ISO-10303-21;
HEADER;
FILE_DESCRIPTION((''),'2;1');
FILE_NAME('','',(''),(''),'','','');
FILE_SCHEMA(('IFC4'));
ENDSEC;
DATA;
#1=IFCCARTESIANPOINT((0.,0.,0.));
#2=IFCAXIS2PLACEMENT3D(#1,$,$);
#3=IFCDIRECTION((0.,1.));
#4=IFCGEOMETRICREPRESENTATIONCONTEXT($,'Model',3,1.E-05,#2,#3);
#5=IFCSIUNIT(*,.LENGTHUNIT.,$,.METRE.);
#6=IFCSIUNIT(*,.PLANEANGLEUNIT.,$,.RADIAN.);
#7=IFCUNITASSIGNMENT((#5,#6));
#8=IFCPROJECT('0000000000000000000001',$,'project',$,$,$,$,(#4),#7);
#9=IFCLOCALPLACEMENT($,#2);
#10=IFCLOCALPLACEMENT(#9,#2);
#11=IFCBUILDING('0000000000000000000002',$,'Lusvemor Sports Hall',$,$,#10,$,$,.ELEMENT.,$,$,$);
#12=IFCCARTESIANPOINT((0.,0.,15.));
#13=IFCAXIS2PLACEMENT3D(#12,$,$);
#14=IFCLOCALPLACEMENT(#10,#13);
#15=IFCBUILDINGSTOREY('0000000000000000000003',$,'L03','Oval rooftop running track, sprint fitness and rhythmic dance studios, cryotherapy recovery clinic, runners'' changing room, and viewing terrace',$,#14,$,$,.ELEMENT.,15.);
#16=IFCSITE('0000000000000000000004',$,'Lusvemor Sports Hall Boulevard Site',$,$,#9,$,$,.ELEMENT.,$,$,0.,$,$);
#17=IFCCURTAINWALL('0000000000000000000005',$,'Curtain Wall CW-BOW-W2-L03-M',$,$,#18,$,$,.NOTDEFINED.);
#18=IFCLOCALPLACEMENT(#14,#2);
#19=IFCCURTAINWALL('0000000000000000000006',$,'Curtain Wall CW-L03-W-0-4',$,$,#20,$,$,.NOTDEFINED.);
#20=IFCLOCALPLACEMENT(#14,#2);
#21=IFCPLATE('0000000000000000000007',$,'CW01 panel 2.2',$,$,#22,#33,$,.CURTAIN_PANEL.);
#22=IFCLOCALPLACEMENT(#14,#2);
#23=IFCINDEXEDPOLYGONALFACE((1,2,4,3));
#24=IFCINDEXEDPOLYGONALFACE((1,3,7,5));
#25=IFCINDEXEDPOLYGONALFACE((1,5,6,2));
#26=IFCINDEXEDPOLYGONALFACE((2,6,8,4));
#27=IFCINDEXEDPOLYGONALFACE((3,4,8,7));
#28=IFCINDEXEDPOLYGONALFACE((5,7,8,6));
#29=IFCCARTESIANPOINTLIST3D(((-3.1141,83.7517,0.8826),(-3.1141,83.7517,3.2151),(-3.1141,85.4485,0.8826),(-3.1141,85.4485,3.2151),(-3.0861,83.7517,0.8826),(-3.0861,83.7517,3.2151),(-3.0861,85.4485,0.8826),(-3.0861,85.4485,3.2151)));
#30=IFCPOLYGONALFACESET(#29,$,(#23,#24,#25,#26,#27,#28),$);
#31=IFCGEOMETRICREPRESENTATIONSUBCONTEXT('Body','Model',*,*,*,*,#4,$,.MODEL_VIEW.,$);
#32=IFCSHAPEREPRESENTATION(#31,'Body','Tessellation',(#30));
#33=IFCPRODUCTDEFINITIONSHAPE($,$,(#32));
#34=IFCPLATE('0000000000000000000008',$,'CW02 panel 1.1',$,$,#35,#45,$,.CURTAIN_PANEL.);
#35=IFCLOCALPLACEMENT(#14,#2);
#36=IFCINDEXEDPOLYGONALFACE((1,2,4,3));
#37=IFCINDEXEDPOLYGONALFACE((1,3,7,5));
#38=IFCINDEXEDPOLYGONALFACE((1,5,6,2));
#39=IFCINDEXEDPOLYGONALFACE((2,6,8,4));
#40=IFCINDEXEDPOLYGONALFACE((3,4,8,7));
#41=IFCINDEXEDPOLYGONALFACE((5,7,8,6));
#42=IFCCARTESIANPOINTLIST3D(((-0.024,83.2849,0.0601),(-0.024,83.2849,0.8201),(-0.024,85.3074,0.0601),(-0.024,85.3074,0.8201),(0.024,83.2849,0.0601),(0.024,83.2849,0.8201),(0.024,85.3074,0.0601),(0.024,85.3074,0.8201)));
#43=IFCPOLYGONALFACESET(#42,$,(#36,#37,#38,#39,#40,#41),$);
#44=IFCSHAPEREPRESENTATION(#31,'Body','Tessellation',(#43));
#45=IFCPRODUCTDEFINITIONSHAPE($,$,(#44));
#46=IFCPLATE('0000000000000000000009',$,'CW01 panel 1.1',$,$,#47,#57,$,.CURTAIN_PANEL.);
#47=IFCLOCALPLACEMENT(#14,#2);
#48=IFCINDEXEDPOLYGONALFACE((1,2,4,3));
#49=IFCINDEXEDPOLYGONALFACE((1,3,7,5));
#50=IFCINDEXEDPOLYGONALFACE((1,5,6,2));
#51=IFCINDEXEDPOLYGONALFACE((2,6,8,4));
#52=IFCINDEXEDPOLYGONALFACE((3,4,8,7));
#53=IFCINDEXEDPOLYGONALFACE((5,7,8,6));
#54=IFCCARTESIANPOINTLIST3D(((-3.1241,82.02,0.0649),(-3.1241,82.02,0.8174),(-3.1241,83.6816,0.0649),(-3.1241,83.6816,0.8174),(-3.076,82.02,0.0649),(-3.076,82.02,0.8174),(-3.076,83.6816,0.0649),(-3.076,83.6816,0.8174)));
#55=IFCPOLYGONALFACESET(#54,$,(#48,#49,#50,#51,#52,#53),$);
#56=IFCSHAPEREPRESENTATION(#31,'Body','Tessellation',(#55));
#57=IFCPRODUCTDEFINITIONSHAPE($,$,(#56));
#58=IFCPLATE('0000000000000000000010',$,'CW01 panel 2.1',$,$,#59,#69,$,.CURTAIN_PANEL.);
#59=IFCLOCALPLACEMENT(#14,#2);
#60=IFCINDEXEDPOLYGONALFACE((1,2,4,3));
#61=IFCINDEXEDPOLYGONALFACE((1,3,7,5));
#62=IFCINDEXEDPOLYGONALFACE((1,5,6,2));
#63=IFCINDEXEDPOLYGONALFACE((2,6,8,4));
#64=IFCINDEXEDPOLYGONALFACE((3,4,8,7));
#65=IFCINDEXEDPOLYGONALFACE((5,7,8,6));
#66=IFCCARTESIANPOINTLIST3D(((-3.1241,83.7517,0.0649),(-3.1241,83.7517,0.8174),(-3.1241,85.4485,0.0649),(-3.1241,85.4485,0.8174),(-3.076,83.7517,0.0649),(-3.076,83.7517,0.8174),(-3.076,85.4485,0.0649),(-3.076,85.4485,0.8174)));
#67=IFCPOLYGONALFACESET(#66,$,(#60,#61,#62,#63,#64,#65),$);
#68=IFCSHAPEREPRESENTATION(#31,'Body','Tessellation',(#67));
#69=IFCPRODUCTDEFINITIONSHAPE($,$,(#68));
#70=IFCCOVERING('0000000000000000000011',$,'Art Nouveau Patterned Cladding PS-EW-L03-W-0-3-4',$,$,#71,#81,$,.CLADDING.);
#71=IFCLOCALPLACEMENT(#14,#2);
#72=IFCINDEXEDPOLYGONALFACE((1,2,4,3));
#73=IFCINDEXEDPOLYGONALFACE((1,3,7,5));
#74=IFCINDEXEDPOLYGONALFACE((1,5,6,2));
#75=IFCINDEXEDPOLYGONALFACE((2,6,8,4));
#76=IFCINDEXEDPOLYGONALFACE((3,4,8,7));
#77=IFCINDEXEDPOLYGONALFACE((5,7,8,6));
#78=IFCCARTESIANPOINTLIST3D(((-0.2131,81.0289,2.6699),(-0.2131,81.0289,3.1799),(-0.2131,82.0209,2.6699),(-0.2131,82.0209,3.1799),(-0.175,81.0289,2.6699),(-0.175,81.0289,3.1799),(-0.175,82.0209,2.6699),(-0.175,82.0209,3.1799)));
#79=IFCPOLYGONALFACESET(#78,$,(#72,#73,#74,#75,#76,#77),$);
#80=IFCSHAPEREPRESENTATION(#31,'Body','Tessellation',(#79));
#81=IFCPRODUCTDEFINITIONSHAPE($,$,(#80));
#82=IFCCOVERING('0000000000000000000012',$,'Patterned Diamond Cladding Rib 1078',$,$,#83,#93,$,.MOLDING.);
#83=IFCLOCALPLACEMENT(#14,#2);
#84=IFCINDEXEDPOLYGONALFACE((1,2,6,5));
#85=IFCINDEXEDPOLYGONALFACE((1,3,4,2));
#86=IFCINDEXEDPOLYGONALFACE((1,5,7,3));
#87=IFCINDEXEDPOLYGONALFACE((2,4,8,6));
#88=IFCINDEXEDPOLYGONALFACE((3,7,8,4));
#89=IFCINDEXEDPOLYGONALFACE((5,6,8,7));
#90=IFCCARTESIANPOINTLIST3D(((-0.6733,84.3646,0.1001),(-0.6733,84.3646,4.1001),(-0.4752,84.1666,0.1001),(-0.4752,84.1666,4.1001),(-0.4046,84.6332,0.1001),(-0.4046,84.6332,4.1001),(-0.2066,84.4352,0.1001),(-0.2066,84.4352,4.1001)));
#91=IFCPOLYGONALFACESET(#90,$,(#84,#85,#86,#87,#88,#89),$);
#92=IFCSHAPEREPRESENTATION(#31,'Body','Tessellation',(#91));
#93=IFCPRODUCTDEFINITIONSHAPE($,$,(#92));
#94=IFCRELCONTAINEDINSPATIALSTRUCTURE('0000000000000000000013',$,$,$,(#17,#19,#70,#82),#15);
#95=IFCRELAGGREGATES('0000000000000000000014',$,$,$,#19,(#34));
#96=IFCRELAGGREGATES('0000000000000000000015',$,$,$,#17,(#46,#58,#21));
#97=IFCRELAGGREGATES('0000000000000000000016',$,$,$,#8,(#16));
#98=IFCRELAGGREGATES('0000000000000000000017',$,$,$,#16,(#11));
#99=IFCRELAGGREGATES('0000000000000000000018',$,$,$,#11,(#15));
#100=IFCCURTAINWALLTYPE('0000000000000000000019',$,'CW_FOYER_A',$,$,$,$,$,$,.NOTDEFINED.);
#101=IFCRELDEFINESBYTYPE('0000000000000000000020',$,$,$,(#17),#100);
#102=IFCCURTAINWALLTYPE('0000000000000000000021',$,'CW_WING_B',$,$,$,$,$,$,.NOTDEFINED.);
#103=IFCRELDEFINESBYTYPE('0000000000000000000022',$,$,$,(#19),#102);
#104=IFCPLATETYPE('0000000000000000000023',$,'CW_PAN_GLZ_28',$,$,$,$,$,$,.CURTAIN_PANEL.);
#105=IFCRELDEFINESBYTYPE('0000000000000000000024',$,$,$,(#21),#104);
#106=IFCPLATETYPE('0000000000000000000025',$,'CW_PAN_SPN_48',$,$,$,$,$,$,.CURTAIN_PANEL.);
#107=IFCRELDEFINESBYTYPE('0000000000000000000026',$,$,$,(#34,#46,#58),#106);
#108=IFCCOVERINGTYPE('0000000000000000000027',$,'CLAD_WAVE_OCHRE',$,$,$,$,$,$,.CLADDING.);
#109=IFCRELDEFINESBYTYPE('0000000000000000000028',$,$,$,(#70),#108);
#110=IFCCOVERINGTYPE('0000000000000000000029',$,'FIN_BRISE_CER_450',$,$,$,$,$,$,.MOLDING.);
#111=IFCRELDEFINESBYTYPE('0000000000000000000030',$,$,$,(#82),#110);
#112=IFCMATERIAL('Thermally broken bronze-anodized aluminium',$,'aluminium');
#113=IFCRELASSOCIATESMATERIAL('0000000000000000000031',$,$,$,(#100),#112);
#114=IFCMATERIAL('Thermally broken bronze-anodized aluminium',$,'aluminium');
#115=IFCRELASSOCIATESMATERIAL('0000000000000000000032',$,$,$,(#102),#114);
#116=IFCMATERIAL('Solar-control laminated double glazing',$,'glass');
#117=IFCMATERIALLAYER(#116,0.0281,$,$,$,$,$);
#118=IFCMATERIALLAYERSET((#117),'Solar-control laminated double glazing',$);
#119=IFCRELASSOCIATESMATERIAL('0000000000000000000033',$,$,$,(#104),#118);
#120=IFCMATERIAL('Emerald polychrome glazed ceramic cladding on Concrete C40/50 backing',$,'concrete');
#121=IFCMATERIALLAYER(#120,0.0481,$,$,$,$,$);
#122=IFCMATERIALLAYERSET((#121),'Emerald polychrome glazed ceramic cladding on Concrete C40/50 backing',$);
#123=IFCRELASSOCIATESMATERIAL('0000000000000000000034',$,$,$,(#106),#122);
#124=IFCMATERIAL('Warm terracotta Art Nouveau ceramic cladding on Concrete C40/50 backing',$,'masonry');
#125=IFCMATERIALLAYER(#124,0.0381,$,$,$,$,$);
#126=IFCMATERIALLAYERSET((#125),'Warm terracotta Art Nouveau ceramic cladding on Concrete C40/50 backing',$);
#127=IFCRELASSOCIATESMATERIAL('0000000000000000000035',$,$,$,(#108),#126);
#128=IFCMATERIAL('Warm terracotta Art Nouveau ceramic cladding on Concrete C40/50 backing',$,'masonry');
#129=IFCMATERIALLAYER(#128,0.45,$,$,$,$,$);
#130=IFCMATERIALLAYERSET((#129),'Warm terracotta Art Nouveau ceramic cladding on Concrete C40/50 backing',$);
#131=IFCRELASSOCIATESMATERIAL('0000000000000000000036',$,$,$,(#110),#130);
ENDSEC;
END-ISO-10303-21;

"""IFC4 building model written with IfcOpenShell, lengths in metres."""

from ifc_helpers import new_model, si_unit, direction, frame, origin, origin_2d, place, context, subcontext, project, spatial, rectangle, extrude, material, layer, layer_set, type_object, element, aggregate, save


model = new_model("IFC4")

# Units and contexts
model_context = context("Model", 3, precision=1e-05, world=origin(), true_north=direction((0.0, 1.0)))
body_context = subcontext(model_context, "Body", "Model", "MODEL_VIEW")
ifc_project = project(units=[si_unit("LENGTHUNIT", "METRE"), si_unit("PLANEANGLEUNIT", "RADIAN")], contexts=[model_context])

# Site, building, storey
site_placement = place(None, origin())
site = spatial("IfcSite", under=ifc_project, at=site_placement, Name="Lusvemor Sports Hall Boulevard Site", CompositionType="ELEMENT", RefElevation=0.0)
building_placement = place(site_placement, origin())
building = spatial("IfcBuilding", under=site, at=building_placement, Name="Lusvemor Sports Hall", CompositionType="ELEMENT")
storey_placement = place(building_placement, frame((0.0, 0.0, 15.0)))
storey = spatial("IfcBuildingStorey", under=building, at=storey_placement, Name="L03", Description="Oval rooftop running track, sprint fitness and rhythmic dance studios, cryotherapy recovery clinic, runners' changing room, and viewing terrace", CompositionType="ELEMENT", Elevation=15.0)

# Curtain walls
ifc_material_1 = material(Name="Thermally broken bronze-anodized aluminium", Category="aluminium")
curtain_wall_type_1 = type_object("IfcCurtainWallType", Name="CW_FOYER_A", PredefinedType="NOTDEFINED", material=ifc_material_1)
curtain_wall_1_placement = place(storey_placement, origin())
curtain_wall_1 = element("IfcCurtainWall", 1, at=curtain_wall_1_placement, inside=storey, type_object=curtain_wall_type_1, Name="Curtain Wall CW-BOW-W2-L03-M", PredefinedType="NOTDEFINED")
ifc_material_2 = material(Name="Thermally broken bronze-anodized aluminium", Category="aluminium")
curtain_wall_type_2 = type_object("IfcCurtainWallType", Name="CW_WING_B", PredefinedType="NOTDEFINED", material=ifc_material_2)
curtain_wall_2_placement = place(storey_placement, origin())
curtain_wall_2 = element("IfcCurtainWall", 2, at=curtain_wall_2_placement, inside=storey, type_object=curtain_wall_type_2, Name="Curtain Wall CW-L03-W-0-4", PredefinedType="NOTDEFINED")

# Plates
ifc_material_3 = material(Name="Solar-control laminated double glazing", Category="glass")
ifc_layer_1 = layer(ifc_material_3, 0.0281)
ifc_layer_set_1 = layer_set([ifc_layer_1], Name="Solar-control laminated double glazing")
plate_type_1 = type_object("IfcPlateType", Name="CW_PAN_GLZ_28", PredefinedType="CURTAIN_PANEL", material=ifc_layer_set_1)
plate_1_placement = place(storey_placement, frame((-3.1001, 84.6001, 0.8826), z_axis=(0.0, 0.0, 1.0), x_axis=(0.0, 1.0, 0.0)))
plate_1 = element("IfcPlate", 3, at=plate_1_placement, type_object=plate_type_1, Name="CW01 panel 2.2", PredefinedType="CURTAIN_PANEL", context=body_context, shape_type="SweptSolid", body=[
    extrude(rectangle(XDim=1.6968, YDim=0.0281, at=origin_2d()), origin(), (0.0, 0.0, 1.0), 2.3325),
])
ifc_material_4 = material(Name="Emerald polychrome glazed ceramic cladding on Concrete C40/50 backing", Category="concrete")
ifc_layer_2 = layer(ifc_material_4, 0.0481)
ifc_layer_set_2 = layer_set([ifc_layer_2], Name="Emerald polychrome glazed ceramic cladding on Concrete C40/50 backing")
plate_type_2 = type_object("IfcPlateType", Name="CW_PAN_SPN_48", PredefinedType="CURTAIN_PANEL", material=ifc_layer_set_2)
plate_2_placement = place(storey_placement, frame((0.0, 84.2961, 0.0601), z_axis=(0.0, 0.0, 1.0), x_axis=(0.0, 1.0, 0.0)))
plate_2 = element("IfcPlate", 4, at=plate_2_placement, type_object=plate_type_2, Name="CW02 panel 1.1", PredefinedType="CURTAIN_PANEL", context=body_context, shape_type="SweptSolid", body=[
    extrude(rectangle(XDim=2.0225, YDim=0.0481, at=origin_2d()), origin(), (0.0, 0.0, 1.0), 0.76),
])
aggregate(curtain_wall_2, [plate_2])
plate_3_placement = place(storey_placement, frame((-3.1001, 82.8508, 0.0649), z_axis=(0.0, 0.0, 1.0), x_axis=(0.0, 1.0, 0.0)))
plate_3 = element("IfcPlate", 5, at=plate_3_placement, type_object=plate_type_2, Name="CW01 panel 1.1", PredefinedType="CURTAIN_PANEL", context=body_context, shape_type="SweptSolid", body=[
    extrude(rectangle(XDim=1.6616, YDim=0.0481, at=origin_2d()), origin(), (0.0, 0.0, 1.0), 0.7524),
])
plate_4_placement = place(storey_placement, frame((-3.1001, 84.6001, 0.0649), z_axis=(0.0, 0.0, 1.0), x_axis=(0.0, 1.0, 0.0)))
plate_4 = element("IfcPlate", 6, at=plate_4_placement, type_object=plate_type_2, Name="CW01 panel 2.1", PredefinedType="CURTAIN_PANEL", context=body_context, shape_type="SweptSolid", body=[
    extrude(rectangle(XDim=1.6968, YDim=0.0481, at=origin_2d()), origin(), (0.0, 0.0, 1.0), 0.7524),
])
aggregate(curtain_wall_1, [plate_3, plate_4, plate_1])

# Coverings
ifc_material_5 = material(Name="Warm terracotta Art Nouveau ceramic cladding on Concrete C40/50 backing", Category="masonry")
ifc_layer_3 = layer(ifc_material_5, 0.0381)
ifc_layer_set_3 = layer_set([ifc_layer_3], Name="Warm terracotta Art Nouveau ceramic cladding on Concrete C40/50 backing")
covering_type_1 = type_object("IfcCoveringType", Name="CLAD_WAVE_OCHRE", PredefinedType="CLADDING", material=ifc_layer_set_3)
covering_1_placement = place(storey_placement, frame((-0.1941, 81.5249, 2.6699), z_axis=(0.0, 0.0, 1.0), x_axis=(1.0, 0.0, 0.0)))
element("IfcCovering", 7, at=covering_1_placement, inside=storey, type_object=covering_type_1, Name="Art Nouveau Patterned Cladding PS-EW-L03-W-0-3-4", PredefinedType="CLADDING", context=body_context, shape_type="SweptSolid", body=[
    extrude(rectangle(XDim=0.0381, YDim=0.9919, at=origin_2d()), origin(), (0.0, 0.0, 1.0), 0.51),
])
ifc_material_6 = material(Name="Warm terracotta Art Nouveau ceramic cladding on Concrete C40/50 backing", Category="masonry")
ifc_layer_4 = layer(ifc_material_6, 0.45)
ifc_layer_set_4 = layer_set([ifc_layer_4], Name="Warm terracotta Art Nouveau ceramic cladding on Concrete C40/50 backing")
covering_type_2 = type_object("IfcCoveringType", Name="FIN_BRISE_CER_450", PredefinedType="MOLDING", material=ifc_layer_set_4)
covering_2_placement = place(storey_placement, frame((-0.4399, 84.3999, 0.1001), z_axis=(0.0, 0.0, 1.0), x_axis=(0.707107, 0.707107, 0.0)))
element("IfcCovering", 8, at=covering_2_placement, inside=storey, type_object=covering_type_2, Name="Patterned Diamond Cladding Rib 1078", PredefinedType="MOLDING", context=body_context, shape_type="SweptSolid", body=[
    extrude(rectangle(XDim=0.3799, YDim=0.28, at=origin_2d()), origin(), (0.0, 0.0, 1.0), 4.0),
])

save(model, "model.ifc")
